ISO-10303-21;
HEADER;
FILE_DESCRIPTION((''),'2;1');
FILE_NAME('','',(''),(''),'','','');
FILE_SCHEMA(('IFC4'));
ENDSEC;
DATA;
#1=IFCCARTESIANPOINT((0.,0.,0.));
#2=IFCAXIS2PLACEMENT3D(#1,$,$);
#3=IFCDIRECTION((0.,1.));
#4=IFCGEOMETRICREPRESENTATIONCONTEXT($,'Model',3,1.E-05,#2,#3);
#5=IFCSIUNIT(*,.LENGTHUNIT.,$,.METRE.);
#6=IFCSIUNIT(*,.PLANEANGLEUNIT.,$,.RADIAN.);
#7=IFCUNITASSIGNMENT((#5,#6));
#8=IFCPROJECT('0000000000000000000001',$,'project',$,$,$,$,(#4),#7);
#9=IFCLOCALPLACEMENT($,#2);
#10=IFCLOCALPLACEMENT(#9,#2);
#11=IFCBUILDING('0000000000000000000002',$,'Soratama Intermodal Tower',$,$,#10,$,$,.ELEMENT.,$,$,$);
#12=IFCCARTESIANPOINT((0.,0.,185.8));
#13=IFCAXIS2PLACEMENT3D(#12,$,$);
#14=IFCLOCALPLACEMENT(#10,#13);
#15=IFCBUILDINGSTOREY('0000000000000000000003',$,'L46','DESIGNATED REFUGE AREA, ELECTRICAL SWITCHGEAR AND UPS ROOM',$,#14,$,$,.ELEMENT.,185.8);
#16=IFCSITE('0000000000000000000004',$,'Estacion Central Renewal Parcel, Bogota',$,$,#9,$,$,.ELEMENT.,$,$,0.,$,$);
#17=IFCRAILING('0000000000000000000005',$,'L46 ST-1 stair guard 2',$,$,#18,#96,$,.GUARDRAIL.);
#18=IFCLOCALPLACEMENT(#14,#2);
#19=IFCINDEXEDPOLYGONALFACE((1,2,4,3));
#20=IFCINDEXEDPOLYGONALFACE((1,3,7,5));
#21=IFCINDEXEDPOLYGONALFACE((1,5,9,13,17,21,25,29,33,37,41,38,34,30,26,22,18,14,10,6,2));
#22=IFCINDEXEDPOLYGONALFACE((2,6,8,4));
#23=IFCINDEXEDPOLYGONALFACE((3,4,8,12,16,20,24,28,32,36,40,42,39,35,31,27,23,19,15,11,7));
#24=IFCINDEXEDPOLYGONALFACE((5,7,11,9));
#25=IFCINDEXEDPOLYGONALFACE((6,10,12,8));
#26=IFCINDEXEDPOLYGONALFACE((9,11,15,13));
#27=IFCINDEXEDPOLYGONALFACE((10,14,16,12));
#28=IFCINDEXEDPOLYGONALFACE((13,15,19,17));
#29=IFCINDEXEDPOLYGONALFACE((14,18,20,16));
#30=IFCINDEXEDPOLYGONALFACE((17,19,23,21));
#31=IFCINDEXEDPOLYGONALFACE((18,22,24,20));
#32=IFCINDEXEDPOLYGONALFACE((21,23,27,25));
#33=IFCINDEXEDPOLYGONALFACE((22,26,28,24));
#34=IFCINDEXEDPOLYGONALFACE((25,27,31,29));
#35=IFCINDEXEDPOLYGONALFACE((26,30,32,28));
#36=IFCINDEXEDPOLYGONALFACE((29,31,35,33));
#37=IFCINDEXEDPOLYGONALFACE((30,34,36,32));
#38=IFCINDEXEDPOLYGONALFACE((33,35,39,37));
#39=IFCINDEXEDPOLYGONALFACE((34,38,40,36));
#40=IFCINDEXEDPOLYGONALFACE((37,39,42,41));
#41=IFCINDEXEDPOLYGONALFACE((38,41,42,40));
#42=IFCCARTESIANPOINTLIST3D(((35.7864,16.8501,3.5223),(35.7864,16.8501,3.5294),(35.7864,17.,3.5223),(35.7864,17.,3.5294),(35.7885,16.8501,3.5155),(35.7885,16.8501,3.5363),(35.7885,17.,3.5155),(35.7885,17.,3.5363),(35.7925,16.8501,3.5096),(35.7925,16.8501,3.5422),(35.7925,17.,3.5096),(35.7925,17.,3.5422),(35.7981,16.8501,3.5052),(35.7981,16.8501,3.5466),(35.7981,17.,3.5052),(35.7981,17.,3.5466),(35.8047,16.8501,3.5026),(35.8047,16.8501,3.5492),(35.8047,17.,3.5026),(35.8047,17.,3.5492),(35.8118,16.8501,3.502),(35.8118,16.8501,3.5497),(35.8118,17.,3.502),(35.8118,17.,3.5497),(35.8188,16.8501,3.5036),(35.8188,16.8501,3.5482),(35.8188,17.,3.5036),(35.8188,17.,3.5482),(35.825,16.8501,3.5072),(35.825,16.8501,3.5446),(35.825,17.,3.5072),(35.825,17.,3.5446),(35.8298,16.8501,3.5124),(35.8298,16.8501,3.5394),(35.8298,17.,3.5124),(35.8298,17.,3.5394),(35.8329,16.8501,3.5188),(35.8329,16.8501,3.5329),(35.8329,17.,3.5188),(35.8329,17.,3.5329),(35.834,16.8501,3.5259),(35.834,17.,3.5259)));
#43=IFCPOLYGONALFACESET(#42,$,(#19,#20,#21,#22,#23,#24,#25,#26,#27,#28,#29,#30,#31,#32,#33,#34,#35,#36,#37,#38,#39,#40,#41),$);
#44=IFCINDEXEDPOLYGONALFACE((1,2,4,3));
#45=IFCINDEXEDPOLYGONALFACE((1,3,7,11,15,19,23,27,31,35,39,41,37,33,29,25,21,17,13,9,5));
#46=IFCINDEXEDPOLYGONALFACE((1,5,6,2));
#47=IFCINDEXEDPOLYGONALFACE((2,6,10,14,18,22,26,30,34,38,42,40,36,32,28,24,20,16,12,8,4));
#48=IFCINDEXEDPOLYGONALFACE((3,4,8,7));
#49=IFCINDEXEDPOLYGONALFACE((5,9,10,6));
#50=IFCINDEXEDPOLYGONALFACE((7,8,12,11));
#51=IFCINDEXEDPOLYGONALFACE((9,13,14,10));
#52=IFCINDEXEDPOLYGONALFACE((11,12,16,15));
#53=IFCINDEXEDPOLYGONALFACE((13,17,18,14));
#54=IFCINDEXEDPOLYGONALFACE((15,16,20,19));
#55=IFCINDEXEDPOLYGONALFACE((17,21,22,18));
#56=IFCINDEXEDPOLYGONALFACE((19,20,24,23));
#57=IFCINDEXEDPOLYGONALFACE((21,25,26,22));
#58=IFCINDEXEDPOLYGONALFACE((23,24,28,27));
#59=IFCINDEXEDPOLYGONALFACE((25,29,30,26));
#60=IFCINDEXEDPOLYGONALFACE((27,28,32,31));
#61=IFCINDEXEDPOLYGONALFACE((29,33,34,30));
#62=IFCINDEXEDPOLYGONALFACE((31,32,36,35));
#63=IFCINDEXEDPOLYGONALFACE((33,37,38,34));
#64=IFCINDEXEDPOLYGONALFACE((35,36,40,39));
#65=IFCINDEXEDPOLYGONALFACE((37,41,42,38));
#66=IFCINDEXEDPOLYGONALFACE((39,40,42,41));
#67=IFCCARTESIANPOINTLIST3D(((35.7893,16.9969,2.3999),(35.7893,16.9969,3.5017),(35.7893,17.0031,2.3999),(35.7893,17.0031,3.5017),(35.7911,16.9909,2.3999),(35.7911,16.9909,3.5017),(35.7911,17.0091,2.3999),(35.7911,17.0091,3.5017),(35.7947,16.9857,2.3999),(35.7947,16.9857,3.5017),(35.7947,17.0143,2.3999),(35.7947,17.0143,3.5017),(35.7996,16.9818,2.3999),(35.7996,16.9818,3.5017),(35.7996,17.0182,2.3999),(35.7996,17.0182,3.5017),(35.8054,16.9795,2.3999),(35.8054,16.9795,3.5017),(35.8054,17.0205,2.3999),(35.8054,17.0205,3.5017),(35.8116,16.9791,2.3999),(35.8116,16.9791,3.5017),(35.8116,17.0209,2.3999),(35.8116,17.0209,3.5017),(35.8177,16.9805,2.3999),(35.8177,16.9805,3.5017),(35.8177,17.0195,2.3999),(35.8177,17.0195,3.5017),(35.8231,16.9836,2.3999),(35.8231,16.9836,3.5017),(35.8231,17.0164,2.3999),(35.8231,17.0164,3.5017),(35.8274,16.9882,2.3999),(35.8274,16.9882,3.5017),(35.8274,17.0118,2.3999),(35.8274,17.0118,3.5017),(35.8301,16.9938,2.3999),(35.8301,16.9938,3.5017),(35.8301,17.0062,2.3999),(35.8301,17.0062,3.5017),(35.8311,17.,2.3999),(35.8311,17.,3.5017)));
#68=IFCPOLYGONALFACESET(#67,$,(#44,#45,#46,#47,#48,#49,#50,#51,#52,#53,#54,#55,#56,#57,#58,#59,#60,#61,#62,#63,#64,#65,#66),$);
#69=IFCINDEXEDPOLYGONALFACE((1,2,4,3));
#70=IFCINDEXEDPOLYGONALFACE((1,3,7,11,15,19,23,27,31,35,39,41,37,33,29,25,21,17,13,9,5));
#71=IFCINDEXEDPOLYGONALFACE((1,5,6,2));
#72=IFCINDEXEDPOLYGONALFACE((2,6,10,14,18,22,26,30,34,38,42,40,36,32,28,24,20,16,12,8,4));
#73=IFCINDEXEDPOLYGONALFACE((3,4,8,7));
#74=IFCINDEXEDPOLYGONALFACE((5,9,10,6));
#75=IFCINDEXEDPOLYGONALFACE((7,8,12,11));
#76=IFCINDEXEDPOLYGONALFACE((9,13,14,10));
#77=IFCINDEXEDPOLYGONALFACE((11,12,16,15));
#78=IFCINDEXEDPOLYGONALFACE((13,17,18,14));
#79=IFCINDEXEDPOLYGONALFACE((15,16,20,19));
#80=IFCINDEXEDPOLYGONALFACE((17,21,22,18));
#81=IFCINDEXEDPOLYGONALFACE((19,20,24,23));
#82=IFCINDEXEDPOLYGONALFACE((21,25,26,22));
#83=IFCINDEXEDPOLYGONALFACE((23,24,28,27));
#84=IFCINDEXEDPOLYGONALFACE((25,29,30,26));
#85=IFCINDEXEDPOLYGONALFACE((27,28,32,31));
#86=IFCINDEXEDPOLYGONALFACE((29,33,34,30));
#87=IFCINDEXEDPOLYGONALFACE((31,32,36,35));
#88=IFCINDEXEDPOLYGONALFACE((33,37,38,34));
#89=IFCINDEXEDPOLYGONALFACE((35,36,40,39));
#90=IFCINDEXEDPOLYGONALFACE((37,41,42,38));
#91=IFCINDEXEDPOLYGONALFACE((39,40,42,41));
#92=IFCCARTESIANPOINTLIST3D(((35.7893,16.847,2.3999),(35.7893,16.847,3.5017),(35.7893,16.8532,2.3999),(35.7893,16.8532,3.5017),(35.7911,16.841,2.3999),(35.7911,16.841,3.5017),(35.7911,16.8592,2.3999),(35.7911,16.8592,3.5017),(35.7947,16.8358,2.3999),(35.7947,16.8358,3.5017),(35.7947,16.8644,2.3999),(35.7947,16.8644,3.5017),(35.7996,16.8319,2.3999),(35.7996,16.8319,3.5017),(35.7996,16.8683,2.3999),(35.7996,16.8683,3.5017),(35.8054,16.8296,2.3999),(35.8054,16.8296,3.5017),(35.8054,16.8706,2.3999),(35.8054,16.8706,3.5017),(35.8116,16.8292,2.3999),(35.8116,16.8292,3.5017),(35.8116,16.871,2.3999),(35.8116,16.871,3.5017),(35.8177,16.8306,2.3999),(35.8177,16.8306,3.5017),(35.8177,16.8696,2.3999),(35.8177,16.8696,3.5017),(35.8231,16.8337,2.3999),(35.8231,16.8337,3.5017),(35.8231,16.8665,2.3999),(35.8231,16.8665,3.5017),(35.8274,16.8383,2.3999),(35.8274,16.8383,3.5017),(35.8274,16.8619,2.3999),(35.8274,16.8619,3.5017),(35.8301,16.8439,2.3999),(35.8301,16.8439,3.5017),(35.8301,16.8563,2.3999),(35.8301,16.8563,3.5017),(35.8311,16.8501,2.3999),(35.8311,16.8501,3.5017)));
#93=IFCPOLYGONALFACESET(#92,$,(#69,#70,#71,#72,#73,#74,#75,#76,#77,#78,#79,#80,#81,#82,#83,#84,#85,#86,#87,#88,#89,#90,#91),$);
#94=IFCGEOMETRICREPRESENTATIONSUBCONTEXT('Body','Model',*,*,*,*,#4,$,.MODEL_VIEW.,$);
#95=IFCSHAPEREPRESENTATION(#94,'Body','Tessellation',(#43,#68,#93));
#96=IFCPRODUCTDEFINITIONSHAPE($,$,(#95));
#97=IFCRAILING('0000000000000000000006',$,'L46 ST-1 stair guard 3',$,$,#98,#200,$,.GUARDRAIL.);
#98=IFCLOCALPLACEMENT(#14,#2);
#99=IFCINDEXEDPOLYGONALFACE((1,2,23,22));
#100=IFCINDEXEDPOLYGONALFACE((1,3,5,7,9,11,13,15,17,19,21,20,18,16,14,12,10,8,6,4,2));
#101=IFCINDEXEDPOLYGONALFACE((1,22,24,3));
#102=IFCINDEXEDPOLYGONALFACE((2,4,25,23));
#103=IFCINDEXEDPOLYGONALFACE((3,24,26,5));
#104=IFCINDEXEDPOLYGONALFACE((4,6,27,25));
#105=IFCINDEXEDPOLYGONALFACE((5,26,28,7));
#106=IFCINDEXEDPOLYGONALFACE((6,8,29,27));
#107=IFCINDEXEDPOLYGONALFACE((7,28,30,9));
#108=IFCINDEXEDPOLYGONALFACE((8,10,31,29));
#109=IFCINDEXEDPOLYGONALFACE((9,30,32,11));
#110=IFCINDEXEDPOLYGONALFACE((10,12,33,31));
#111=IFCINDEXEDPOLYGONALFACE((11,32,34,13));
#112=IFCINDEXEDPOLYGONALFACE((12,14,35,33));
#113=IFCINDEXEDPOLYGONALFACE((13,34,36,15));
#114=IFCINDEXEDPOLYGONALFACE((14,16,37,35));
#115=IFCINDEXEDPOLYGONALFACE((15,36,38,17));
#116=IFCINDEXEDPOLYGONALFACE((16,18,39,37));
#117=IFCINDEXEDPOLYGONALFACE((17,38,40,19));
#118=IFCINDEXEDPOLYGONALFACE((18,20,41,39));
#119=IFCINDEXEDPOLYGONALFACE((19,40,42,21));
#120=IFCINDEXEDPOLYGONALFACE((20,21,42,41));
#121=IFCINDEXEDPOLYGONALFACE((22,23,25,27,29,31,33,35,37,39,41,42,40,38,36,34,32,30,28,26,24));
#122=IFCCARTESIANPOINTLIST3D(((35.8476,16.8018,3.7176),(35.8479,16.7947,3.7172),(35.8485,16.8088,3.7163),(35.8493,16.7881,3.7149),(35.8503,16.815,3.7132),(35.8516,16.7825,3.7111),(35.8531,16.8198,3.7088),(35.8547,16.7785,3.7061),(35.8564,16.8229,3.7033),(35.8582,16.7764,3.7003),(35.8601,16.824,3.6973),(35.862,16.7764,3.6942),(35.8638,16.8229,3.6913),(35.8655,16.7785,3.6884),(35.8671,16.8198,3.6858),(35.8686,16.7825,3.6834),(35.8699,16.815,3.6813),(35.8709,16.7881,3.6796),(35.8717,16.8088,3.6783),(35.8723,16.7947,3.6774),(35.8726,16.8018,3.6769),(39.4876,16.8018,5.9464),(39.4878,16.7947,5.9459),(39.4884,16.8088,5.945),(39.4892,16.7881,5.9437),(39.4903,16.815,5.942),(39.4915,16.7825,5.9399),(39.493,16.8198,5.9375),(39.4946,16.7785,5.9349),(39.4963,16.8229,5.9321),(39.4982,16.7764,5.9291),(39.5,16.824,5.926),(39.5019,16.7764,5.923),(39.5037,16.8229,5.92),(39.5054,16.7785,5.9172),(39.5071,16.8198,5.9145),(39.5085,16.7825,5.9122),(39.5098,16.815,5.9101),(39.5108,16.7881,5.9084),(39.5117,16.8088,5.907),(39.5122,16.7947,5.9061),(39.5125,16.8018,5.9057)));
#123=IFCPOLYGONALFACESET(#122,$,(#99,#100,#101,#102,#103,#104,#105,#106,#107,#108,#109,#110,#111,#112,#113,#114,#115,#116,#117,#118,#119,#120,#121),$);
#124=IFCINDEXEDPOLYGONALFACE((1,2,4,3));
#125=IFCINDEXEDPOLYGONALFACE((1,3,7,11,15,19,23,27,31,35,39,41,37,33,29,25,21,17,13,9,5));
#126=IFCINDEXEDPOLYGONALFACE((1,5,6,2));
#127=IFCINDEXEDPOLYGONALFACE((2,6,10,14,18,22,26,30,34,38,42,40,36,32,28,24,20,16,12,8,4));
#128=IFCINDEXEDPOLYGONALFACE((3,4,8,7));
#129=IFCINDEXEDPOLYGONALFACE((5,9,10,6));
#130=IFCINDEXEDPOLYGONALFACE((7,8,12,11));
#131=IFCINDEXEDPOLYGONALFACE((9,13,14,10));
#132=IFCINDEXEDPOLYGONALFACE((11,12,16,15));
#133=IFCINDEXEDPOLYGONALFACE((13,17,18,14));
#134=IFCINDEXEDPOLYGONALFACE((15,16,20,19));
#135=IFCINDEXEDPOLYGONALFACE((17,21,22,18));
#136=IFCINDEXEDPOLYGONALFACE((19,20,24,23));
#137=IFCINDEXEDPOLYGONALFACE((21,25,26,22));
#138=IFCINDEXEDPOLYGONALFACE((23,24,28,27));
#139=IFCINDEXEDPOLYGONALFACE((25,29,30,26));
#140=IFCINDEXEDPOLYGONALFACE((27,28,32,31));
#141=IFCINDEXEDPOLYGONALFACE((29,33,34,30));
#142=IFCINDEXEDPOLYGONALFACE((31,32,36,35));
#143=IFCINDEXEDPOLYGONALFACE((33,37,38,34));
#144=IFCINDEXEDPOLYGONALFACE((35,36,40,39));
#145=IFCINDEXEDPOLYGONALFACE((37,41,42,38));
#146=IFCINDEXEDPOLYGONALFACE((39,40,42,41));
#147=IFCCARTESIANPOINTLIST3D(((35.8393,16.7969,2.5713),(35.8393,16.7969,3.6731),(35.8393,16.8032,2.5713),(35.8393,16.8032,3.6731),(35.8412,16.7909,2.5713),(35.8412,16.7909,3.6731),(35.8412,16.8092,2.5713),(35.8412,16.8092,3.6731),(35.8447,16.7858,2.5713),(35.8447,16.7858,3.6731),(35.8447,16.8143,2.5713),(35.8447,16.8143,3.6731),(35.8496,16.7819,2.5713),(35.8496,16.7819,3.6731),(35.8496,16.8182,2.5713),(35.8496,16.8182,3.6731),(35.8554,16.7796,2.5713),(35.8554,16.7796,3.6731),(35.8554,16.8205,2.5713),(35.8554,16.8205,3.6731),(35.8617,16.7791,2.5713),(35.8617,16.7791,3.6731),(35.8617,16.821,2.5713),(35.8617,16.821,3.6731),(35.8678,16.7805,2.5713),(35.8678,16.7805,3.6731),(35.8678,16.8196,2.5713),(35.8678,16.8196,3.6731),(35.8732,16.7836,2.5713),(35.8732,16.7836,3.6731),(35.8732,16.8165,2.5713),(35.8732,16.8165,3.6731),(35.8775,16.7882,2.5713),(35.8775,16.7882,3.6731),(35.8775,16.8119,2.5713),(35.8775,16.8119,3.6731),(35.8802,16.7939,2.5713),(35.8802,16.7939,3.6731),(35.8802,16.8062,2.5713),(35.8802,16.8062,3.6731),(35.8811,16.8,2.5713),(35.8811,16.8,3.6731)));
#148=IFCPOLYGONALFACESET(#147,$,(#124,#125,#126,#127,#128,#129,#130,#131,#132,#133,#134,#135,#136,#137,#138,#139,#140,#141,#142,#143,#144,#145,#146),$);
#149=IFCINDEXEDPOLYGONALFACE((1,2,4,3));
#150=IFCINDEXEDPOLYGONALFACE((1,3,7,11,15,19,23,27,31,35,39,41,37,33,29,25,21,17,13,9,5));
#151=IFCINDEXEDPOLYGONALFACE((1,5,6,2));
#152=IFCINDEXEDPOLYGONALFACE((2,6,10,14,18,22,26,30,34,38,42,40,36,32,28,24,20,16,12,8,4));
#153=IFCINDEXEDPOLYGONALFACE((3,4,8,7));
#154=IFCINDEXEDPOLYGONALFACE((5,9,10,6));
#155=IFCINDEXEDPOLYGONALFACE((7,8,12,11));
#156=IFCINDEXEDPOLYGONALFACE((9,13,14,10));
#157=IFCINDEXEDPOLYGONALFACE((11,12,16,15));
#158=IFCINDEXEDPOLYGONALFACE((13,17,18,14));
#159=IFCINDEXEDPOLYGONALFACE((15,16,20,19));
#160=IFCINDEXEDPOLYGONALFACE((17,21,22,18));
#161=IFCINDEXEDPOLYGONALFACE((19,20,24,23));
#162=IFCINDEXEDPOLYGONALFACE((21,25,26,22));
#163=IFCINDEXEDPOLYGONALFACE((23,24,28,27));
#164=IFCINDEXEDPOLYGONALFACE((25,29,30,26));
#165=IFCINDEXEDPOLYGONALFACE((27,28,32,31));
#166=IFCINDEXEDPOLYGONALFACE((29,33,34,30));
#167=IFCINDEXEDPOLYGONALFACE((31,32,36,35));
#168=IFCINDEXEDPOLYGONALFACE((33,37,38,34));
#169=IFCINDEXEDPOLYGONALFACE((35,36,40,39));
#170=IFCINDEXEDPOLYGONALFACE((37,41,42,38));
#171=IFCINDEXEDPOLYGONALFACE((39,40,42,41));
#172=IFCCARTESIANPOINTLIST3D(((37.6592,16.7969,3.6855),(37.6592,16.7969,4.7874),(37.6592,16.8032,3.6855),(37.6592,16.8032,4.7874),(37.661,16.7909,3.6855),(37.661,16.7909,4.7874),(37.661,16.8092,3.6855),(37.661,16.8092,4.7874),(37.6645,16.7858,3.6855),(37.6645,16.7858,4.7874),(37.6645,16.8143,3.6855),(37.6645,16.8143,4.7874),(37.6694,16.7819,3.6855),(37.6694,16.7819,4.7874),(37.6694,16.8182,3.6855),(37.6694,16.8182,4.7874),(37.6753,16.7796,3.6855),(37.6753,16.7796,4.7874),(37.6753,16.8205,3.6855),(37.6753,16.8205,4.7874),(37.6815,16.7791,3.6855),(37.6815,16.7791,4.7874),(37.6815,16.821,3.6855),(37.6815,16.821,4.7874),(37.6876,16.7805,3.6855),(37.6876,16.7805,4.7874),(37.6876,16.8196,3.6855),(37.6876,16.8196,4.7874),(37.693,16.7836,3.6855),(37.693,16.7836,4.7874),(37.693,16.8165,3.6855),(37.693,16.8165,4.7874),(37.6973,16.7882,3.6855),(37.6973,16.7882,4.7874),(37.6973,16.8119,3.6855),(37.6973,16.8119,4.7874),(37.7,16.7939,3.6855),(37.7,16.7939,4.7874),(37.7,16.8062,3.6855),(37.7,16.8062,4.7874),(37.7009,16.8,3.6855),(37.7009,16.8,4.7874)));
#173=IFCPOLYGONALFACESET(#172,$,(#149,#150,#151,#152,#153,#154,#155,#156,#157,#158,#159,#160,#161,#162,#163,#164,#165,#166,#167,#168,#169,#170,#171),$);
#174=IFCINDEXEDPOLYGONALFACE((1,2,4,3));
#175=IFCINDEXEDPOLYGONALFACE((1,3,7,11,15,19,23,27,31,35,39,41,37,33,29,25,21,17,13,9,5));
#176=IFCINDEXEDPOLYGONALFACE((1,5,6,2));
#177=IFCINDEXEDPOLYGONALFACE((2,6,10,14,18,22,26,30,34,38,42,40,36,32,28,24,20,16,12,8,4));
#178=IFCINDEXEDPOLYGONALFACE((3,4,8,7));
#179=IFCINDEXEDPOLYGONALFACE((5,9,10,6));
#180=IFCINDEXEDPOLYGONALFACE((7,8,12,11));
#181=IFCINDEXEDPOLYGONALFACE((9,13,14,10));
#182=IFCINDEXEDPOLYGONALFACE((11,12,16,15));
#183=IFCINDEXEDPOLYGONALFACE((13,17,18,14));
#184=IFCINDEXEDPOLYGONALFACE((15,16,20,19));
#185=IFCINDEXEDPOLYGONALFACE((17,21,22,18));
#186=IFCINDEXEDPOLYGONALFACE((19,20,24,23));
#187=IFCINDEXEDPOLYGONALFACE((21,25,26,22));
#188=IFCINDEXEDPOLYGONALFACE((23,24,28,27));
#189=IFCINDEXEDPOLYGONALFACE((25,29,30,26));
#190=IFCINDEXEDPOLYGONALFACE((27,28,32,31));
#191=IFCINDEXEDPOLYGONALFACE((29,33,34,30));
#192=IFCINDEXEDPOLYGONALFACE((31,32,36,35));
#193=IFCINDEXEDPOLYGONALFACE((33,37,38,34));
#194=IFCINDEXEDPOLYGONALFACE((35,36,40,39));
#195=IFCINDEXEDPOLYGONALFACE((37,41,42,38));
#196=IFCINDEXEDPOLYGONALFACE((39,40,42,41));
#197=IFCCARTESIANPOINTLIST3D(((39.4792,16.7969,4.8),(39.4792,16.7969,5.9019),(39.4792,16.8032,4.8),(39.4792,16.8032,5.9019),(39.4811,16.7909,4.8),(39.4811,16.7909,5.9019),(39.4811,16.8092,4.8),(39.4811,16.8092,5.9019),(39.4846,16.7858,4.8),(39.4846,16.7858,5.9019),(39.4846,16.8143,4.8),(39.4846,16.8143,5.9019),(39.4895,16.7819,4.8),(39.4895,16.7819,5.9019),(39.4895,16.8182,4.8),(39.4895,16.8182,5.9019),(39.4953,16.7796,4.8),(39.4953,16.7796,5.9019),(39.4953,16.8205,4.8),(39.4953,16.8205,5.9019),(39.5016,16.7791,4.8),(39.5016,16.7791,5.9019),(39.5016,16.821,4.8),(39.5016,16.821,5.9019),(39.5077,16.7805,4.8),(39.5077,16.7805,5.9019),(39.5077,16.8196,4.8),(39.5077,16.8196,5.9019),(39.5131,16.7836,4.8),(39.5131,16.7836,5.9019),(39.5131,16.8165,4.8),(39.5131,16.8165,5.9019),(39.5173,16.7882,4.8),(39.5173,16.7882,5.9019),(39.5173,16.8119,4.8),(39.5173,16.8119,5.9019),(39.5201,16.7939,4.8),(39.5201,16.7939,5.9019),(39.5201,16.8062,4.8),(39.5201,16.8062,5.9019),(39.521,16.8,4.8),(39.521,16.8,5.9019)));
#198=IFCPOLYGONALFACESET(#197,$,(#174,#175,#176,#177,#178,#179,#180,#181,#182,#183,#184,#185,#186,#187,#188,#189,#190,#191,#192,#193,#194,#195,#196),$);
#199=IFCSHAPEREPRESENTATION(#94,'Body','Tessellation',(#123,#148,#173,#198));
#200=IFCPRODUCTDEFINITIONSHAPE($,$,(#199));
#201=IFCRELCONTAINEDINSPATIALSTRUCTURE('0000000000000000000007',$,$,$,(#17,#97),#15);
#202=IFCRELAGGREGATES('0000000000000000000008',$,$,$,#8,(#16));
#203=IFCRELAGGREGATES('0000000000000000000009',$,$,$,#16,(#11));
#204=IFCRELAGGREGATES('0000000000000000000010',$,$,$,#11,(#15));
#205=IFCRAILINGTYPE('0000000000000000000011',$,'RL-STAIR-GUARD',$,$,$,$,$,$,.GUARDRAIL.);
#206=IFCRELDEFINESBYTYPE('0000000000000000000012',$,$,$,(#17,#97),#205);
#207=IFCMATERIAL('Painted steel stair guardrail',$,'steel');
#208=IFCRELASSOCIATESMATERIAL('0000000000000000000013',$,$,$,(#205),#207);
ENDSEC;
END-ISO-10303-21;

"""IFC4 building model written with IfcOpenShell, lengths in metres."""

from ifc_helpers import new_model, si_unit, direction, frame, origin, origin_2d, place, context, subcontext, project, spatial, circle, extrude, material, type_object, element, save


model = new_model("IFC4")

# Units and contexts
model_context = context("Model", 3, precision=1e-05, world=origin(), true_north=direction((0.0, 1.0)))
body_context = subcontext(model_context, "Body", "Model", "MODEL_VIEW")
ifc_project = project(units=[si_unit("LENGTHUNIT", "METRE"), si_unit("PLANEANGLEUNIT", "RADIAN")], contexts=[model_context])

# Site, building, storey
site_placement = place(None, origin())
site = spatial("IfcSite", under=ifc_project, at=site_placement, Name="Estacion Central Renewal Parcel, Bogota", CompositionType="ELEMENT", RefElevation=0.0)
building_placement = place(site_placement, origin())
building = spatial("IfcBuilding", under=site, at=building_placement, Name="Soratama Intermodal Tower", CompositionType="ELEMENT")
storey_placement = place(building_placement, frame((0.0, 0.0, 185.8)))
storey = spatial("IfcBuildingStorey", under=building, at=storey_placement, Name="L46", Description="DESIGNATED REFUGE AREA, ELECTRICAL SWITCHGEAR AND UPS ROOM", CompositionType="ELEMENT", Elevation=185.8)

# Railings
ifc_material_1 = material(Name="Painted steel stair guardrail", Category="steel")
railing_type_1 = type_object("IfcRailingType", Name="RL-STAIR-GUARD", PredefinedType="GUARDRAIL", material=ifc_material_1)
railing_1_placement = place(storey_placement, frame((35.8101, 17.0, 2.3999)))
element("IfcRailing", 1, at=railing_1_placement, inside=storey, type_object=railing_type_1, Name="L46 ST-1 stair guard 2", PredefinedType="GUARDRAIL", context=body_context, shape_type="SweptSolid", body=[
    extrude(circle(Radius=0.0239, at=origin_2d()), frame((0.0, 0.0, 1.126), z_axis=(0.0, -1.0, 0.0), x_axis=(1.0, 0.0, 0.0)), (0.0, 0.0, 1.0), 0.1499),
    extrude(circle(Radius=0.021, at=origin_2d()), origin(), (0.0, 0.0, 1.0), 1.1018),
    extrude(circle(Radius=0.021, at=origin_2d()), frame((0.0, -0.1499, 0.0)), (0.0, 0.0, 1.0), 1.1018),
])
railing_2_placement = place(storey_placement, frame((35.8601, 16.8, 2.5713)))
element("IfcRailing", 2, at=railing_2_placement, inside=storey, type_object=railing_type_1, Name="L46 ST-1 stair guard 3", PredefinedType="GUARDRAIL", context=body_context, shape_type="SweptSolid", body=[
    extrude(circle(Radius=0.0239, at=origin_2d()), frame((0.0, 0.0, 1.126), z_axis=(0.852825, 0.0, 0.522197), x_axis=(0.0, 1.0, 0.0)), (0.0, 0.0, 1.0), 4.2681),
    extrude(circle(Radius=0.021, at=origin_2d()), origin(), (0.0, 0.0, 1.0), 1.1018),
    extrude(circle(Radius=0.021, at=origin_2d()), frame((1.8198, 0.0, 1.1143)), (0.0, 0.0, 1.0), 1.1018),
    extrude(circle(Radius=0.021, at=origin_2d()), frame((3.6399, 0.0, 2.2288)), (0.0, 0.0, 1.0), 1.1018),
])

save(model, "model.ifc")
